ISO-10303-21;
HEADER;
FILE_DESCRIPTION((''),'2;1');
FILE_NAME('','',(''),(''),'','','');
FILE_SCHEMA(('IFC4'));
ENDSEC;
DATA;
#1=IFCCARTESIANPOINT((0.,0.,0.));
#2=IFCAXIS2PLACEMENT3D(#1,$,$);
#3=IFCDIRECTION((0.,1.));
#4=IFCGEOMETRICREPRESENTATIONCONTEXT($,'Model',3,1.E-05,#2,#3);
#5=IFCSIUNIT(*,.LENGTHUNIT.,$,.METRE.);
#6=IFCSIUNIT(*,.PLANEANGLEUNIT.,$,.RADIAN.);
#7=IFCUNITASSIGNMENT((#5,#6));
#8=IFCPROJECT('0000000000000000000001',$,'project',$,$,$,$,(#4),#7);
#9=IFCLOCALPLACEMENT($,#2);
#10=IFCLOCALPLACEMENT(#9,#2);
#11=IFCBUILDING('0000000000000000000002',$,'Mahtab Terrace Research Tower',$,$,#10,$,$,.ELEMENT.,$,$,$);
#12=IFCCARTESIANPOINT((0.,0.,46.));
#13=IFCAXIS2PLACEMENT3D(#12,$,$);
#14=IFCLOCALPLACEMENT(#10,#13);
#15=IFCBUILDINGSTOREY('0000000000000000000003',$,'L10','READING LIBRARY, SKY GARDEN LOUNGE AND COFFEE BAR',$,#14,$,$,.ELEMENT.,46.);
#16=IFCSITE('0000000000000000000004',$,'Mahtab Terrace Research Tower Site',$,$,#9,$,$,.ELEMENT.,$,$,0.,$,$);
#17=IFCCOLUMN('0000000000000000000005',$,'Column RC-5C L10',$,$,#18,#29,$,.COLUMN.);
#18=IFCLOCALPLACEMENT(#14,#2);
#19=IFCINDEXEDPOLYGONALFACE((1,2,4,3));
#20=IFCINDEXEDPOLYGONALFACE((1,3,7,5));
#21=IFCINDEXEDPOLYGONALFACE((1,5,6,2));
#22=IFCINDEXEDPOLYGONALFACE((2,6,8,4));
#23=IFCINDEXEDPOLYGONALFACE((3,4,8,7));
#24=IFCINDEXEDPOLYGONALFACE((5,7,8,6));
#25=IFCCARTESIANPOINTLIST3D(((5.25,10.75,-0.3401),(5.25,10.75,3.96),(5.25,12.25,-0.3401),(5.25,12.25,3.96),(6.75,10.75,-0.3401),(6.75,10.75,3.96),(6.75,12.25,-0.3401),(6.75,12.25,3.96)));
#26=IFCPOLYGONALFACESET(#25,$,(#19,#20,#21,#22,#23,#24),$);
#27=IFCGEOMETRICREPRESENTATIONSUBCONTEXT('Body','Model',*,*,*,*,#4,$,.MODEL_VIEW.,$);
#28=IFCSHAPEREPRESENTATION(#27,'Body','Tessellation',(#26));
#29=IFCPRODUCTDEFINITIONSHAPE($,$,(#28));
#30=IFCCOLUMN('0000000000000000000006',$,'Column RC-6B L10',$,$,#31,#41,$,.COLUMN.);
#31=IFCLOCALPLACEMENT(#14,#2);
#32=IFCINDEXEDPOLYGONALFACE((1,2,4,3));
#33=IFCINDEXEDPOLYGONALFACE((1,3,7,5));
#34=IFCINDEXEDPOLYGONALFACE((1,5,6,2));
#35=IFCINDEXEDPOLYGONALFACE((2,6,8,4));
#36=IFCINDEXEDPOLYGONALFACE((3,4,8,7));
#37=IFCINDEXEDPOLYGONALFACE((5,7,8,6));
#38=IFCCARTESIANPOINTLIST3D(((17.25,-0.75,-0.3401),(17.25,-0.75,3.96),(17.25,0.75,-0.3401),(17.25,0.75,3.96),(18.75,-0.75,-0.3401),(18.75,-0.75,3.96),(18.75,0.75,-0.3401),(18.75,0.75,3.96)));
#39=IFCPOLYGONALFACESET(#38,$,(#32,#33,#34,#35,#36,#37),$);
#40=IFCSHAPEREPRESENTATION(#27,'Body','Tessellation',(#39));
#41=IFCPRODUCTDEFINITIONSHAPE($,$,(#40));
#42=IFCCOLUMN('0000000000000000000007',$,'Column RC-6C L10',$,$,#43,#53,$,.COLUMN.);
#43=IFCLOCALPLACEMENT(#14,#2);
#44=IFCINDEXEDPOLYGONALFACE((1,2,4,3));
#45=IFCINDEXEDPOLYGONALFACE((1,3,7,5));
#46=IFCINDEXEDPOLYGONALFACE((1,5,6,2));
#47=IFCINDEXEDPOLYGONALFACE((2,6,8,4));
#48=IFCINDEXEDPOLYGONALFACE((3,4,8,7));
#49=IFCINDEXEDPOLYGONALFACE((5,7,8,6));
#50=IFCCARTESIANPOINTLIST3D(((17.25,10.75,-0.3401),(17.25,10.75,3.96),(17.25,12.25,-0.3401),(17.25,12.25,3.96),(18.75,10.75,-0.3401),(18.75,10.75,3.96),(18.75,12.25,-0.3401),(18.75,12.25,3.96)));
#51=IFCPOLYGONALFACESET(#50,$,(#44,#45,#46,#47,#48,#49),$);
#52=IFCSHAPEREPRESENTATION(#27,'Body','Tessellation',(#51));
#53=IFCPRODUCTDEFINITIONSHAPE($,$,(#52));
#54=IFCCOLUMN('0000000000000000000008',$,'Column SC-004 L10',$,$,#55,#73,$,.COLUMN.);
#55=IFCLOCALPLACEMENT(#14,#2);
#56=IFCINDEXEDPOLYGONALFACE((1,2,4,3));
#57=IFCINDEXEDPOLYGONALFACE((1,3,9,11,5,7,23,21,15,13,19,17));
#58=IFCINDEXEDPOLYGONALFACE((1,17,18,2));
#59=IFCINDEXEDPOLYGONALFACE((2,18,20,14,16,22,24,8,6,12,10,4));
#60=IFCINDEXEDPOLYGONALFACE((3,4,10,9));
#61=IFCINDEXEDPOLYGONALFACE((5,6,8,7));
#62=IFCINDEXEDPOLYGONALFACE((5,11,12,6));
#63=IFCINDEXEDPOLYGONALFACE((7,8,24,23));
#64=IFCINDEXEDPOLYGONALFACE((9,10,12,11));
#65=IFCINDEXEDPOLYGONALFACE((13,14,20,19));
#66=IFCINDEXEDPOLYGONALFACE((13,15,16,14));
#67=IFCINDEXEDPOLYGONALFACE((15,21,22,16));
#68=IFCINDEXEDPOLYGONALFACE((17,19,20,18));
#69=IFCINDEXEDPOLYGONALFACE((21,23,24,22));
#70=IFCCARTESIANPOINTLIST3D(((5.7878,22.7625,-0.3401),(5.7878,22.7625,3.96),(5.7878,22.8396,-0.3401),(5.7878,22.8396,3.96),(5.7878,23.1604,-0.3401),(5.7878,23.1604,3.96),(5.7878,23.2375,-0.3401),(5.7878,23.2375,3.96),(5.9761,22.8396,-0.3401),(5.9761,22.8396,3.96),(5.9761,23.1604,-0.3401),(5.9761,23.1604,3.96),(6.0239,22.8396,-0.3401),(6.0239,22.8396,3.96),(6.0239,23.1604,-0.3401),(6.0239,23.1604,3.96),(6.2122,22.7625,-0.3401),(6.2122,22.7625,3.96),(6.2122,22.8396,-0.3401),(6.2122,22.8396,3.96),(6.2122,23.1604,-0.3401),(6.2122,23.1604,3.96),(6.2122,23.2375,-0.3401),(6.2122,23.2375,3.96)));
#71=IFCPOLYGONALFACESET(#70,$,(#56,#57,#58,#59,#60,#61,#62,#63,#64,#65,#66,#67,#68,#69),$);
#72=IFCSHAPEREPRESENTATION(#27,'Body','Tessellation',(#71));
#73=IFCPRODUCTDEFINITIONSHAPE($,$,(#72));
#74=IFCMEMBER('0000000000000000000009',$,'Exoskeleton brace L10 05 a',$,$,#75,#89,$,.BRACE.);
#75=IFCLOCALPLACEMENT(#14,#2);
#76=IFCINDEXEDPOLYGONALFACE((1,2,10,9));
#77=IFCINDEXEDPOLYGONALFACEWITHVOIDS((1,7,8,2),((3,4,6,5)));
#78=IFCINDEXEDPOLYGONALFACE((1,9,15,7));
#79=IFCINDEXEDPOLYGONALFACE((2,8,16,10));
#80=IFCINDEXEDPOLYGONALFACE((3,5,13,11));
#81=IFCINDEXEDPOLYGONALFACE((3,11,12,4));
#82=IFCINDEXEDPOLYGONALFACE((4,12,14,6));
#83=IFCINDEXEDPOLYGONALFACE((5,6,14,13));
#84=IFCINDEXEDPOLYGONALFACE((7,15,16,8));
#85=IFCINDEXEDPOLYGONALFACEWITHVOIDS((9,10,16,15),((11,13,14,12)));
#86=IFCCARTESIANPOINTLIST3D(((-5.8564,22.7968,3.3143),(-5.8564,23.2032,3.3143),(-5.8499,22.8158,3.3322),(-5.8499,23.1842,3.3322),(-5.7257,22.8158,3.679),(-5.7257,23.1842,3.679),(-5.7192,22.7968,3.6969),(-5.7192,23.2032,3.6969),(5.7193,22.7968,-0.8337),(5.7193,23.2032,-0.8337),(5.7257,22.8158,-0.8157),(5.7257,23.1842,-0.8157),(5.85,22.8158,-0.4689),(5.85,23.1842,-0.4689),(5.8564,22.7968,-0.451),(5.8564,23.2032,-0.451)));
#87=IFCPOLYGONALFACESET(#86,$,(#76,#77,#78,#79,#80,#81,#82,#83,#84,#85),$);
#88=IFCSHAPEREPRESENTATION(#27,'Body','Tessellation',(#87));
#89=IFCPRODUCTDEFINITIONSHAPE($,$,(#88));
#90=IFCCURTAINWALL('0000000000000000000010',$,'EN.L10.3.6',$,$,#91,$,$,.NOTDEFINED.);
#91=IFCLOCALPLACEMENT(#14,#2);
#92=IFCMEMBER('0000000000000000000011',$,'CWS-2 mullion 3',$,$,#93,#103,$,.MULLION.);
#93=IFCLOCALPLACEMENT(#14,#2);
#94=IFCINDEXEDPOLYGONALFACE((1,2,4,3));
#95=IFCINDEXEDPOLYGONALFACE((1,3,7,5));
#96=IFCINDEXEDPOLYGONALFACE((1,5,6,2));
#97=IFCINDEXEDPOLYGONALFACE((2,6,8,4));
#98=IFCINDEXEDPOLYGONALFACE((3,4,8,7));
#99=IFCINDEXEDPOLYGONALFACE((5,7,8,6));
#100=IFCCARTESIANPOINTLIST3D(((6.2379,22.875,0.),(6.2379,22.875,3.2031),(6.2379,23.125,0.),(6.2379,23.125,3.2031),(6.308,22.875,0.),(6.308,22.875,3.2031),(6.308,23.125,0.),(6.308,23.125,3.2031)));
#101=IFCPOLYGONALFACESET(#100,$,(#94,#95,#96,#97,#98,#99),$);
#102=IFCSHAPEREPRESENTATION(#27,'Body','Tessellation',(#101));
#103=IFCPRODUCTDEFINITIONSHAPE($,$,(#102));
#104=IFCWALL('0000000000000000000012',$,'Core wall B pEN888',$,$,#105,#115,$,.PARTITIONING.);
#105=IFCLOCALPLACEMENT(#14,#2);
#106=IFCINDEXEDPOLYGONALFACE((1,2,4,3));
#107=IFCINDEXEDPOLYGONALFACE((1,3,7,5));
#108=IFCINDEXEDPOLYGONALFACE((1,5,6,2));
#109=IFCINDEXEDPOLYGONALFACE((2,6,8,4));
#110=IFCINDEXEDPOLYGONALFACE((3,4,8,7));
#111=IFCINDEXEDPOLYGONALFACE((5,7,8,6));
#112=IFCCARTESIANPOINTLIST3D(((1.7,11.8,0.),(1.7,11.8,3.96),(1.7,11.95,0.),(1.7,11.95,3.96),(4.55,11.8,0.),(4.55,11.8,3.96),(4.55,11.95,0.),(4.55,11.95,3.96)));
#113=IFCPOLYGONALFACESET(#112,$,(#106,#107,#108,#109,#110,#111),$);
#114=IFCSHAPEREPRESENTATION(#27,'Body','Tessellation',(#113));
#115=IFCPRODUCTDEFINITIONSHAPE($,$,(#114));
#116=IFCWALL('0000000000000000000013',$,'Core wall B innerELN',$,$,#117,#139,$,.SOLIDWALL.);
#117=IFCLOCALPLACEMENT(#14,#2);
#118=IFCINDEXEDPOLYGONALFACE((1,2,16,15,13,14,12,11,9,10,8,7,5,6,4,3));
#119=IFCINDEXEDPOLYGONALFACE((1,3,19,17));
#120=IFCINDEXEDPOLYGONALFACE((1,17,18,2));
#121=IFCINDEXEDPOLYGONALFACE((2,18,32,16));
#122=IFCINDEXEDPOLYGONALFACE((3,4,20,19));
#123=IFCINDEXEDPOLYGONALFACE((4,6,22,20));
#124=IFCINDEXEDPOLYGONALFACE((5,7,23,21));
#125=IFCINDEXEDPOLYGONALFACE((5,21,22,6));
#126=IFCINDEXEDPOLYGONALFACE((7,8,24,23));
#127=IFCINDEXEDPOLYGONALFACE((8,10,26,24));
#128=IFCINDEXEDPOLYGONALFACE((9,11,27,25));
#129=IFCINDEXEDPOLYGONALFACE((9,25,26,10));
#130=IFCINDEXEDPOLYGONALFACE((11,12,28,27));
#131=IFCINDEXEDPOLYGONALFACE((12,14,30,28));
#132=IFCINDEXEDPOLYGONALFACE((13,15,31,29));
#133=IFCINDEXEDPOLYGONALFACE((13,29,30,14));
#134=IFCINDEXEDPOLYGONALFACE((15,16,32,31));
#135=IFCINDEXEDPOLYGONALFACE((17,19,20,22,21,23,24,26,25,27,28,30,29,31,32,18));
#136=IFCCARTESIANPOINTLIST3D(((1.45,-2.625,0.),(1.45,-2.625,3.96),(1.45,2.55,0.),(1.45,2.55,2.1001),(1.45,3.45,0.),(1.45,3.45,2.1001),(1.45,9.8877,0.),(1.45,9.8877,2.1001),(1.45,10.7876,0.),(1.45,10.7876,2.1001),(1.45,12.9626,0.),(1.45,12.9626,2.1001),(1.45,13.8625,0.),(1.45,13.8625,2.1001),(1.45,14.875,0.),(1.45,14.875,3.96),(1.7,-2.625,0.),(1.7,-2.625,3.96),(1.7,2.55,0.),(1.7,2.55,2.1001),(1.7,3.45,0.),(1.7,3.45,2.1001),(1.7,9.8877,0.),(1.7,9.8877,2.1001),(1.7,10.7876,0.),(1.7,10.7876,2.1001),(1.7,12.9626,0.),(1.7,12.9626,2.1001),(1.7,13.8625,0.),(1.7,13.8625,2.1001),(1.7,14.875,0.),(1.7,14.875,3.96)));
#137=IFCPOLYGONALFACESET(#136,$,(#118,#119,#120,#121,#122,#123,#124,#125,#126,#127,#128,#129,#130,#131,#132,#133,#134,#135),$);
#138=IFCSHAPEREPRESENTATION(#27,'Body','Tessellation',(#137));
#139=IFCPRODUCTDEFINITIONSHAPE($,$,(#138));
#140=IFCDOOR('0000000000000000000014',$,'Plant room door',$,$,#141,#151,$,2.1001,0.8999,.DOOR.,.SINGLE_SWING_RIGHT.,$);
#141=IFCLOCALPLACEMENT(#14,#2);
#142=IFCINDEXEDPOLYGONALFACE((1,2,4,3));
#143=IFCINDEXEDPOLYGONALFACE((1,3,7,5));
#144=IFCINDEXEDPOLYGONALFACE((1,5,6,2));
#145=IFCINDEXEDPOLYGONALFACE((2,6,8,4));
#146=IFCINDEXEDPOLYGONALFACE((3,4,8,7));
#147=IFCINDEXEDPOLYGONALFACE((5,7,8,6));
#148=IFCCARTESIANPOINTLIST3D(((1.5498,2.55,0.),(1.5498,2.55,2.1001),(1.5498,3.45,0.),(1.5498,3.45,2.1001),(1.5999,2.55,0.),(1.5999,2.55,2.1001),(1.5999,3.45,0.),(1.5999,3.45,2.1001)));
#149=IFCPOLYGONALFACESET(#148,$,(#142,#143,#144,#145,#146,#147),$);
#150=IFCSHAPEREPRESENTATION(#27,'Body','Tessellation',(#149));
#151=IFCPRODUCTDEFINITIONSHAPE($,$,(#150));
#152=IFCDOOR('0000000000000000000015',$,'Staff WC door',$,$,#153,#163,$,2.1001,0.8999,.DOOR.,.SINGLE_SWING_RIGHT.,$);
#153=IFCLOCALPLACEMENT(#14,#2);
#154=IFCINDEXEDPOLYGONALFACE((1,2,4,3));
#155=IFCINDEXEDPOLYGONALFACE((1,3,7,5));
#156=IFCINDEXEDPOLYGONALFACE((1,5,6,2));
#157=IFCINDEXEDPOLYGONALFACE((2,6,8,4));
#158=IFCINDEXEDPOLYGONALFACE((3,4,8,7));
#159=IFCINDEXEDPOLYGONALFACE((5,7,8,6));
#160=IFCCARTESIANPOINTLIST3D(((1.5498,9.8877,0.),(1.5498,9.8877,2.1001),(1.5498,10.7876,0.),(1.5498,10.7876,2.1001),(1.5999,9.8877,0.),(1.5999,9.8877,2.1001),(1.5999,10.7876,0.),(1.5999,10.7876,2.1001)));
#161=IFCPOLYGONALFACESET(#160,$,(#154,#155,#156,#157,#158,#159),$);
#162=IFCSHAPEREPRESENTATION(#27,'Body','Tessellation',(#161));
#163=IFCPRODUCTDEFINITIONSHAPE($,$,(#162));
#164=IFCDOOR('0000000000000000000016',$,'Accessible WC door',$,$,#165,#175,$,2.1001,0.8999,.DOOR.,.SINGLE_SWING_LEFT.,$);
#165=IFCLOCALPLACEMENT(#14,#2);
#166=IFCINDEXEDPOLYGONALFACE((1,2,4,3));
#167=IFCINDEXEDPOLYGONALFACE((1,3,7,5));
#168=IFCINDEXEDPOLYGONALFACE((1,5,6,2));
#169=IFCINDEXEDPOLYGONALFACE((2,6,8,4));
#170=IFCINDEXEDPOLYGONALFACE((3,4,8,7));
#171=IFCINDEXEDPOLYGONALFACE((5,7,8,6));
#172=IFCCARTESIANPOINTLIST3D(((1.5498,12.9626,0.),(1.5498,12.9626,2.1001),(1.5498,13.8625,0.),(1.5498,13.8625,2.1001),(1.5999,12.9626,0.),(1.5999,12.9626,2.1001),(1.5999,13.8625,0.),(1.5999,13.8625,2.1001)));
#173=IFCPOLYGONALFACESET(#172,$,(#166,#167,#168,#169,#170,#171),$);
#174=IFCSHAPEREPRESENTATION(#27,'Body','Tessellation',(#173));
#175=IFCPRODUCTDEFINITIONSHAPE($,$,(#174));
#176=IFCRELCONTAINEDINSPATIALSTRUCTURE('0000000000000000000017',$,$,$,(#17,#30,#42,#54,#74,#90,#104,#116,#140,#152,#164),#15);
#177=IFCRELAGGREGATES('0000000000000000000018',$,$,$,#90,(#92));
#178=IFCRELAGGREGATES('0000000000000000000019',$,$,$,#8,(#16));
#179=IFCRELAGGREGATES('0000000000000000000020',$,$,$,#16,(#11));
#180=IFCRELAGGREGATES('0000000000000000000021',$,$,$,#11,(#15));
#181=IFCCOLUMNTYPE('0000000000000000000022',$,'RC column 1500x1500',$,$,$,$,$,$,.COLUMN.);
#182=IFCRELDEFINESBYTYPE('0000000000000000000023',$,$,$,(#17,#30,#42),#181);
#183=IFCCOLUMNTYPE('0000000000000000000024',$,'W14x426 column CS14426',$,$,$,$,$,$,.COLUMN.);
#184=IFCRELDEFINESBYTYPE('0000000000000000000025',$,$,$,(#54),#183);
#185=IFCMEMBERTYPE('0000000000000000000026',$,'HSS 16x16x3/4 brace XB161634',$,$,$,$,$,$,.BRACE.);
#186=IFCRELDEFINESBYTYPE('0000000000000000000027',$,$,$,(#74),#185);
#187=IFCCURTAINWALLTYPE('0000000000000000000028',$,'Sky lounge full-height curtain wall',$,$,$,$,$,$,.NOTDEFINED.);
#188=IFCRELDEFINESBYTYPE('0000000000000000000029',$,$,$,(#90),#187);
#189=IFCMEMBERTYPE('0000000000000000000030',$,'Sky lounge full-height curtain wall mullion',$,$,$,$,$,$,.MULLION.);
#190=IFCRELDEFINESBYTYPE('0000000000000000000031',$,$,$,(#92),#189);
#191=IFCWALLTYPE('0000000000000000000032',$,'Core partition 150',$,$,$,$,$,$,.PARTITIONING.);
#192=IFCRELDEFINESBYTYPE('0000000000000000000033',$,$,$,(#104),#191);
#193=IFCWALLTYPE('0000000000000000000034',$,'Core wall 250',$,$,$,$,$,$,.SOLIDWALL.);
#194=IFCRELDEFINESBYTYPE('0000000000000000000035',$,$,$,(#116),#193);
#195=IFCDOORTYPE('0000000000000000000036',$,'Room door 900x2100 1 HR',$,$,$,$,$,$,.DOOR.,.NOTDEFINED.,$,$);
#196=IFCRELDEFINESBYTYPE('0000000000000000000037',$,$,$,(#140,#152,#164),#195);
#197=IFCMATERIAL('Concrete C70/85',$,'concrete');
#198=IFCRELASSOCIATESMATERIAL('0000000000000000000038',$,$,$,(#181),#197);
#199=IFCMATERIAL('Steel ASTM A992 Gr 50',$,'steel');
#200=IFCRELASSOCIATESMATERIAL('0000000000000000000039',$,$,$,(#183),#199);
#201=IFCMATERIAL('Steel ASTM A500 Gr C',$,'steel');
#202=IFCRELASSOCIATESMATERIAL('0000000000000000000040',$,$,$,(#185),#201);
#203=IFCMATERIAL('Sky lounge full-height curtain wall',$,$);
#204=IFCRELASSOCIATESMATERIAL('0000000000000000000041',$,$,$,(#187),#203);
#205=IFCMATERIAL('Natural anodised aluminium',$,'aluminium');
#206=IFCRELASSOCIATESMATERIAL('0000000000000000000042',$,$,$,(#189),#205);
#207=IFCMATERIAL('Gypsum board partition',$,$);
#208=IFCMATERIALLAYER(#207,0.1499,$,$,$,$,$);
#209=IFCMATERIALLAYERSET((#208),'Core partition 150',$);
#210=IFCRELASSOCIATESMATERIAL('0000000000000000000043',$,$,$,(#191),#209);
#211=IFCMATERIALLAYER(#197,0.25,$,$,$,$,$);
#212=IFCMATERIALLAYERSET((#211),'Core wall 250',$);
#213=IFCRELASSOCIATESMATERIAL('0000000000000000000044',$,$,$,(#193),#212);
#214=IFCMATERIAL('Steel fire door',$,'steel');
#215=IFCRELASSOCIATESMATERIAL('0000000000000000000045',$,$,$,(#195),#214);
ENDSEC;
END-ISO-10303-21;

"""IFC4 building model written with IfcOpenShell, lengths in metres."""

from ifc_helpers import new_model, si_unit, direction, frame, frame_2d, origin, origin_2d, place, context, subcontext, project, spatial, rectangle, hollow_rectangle, i_section, extrude, material, layer, layer_set, material_profile, profile_set, type_object, element, fill, aggregate, save


model = new_model("IFC4")

# Units and contexts
model_context = context("Model", 3, precision=1e-05, world=origin(), true_north=direction((0.0, 1.0)))
body_context = subcontext(model_context, "Body", "Model", "MODEL_VIEW")
ifc_project = project(units=[si_unit("LENGTHUNIT", "METRE"), si_unit("PLANEANGLEUNIT", "RADIAN")], contexts=[model_context])

# Site, building, storey
site_placement = place(None, origin())
site = spatial("IfcSite", under=ifc_project, at=site_placement, Name="Mahtab Terrace Research Tower Site", CompositionType="ELEMENT", RefElevation=0.0)
building_placement = place(site_placement, origin())
building = spatial("IfcBuilding", under=site, at=building_placement, Name="Mahtab Terrace Research Tower", CompositionType="ELEMENT")
storey_placement = place(building_placement, frame((0.0, 0.0, 46.0)))
storey = spatial("IfcBuildingStorey", under=building, at=storey_placement, Name="L10", Description="READING LIBRARY, SKY GARDEN LOUNGE AND COFFEE BAR", CompositionType="ELEMENT", Elevation=46.0)

# Columns
ifc_material_1 = material(Name="Concrete C70/85", Category="concrete")
ifc_material_profile_1 = material_profile(ifc_material_1, rectangle(XDim=1.5, YDim=1.5, at=origin_2d()), Name="RC column 1500x1500")
ifc_profile_set_1 = profile_set([ifc_material_profile_1], Name="Concrete C70/85")
column_type_1 = type_object("IfcColumnType", Name="RC column 1500x1500", PredefinedType="COLUMN", material=ifc_profile_set_1)
for number, where, z_axis, x_axis, name in (
    (1, (6.0, 11.5, -0.3401), (0.0, 0.0, 1.0), (1.0, 0.0, 0.0), "Column RC-5C L10"),
    (2, (18.0, 0.0, -0.3401), (0.0, 0.0, 1.0), (1.0, 0.0, 0.0), "Column RC-6B L10"),
    (3, (18.0, 11.5, -0.3401), (0.0, 0.0, 1.0), (1.0, 0.0, 0.0), "Column RC-6C L10"),
):
    element("IfcColumn", number, at=place(storey_placement, frame(where, z_axis=z_axis, x_axis=x_axis)), inside=storey, type_object=column_type_1, Name=name, PredefinedType="COLUMN", context=body_context, shape_type="SweptSolid", body=[
        extrude(rectangle(XDim=1.5, YDim=1.5, at=origin_2d()), origin(), (0.0, 0.0, 1.0), 4.3),
    ])
ifc_material_2 = material(Name="Steel ASTM A992 Gr 50", Category="steel")
ifc_material_profile_2 = material_profile(ifc_material_2, i_section(OverallWidth=0.4243, OverallDepth=0.4751, WebThickness=0.0479, FlangeThickness=0.0771, at=origin_2d()), Name="W14X426")
ifc_profile_set_2 = profile_set([ifc_material_profile_2], Name="Steel ASTM A992 Gr 50")
column_type_2 = type_object("IfcColumnType", Name="W14x426 column CS14426", PredefinedType="COLUMN", material=ifc_profile_set_2)
column_placement = place(storey_placement, frame((6.0, 23.0, -0.3401), z_axis=(0.0, 0.0, 1.0), x_axis=(1.0, 0.0, 0.0)))
element("IfcColumn", 4, at=column_placement, inside=storey, type_object=column_type_2, Name="Column SC-004 L10", PredefinedType="COLUMN", context=body_context, shape_type="SweptSolid", body=[
    extrude(i_section(OverallWidth=0.4243, OverallDepth=0.4751, WebThickness=0.0479, FlangeThickness=0.0771, at=origin_2d()), origin(), (0.0, 0.0, 1.0), 4.3),
])

# Member
ifc_material_3 = material(Name="Steel ASTM A500 Gr C", Category="steel")
ifc_material_profile_3 = material_profile(ifc_material_3, hollow_rectangle(XDim=0.4065, YDim=0.4065, WallThickness=0.019, at=origin_2d()), Name="HSS16X16X3/4")
ifc_profile_set_3 = profile_set([ifc_material_profile_3], Name="Steel ASTM A500 Gr C")
member_type_1 = type_object("IfcMemberType", Name="HSS 16x16x3/4 brace XB161634", PredefinedType="BRACE", material=ifc_profile_set_3)
member_1_placement = place(storey_placement, frame((5.7878, 23.0, -0.6423), z_axis=(-0.941387, 0.0, 0.33733), x_axis=(0.0, -1.0, 0.0)))
element("IfcMember", 5, at=member_1_placement, inside=storey, type_object=member_type_1, Name="Exoskeleton brace L10 05 a", PredefinedType="BRACE", context=body_context, shape_type="SweptSolid", body=[
    extrude(hollow_rectangle(XDim=0.4065, YDim=0.4065, WallThickness=0.019, at=origin_2d()), origin(), (0.0, 0.0, 1.0), 12.2964),
])

# Curtain wall, member
ifc_material_4 = material(Name="Sky lounge full-height curtain wall")
curtain_wall_type = type_object("IfcCurtainWallType", Name="Sky lounge full-height curtain wall", PredefinedType="NOTDEFINED", material=ifc_material_4)
curtain_wall_placement = place(storey_placement, origin())
curtain_wall = element("IfcCurtainWall", 6, at=curtain_wall_placement, inside=storey, type_object=curtain_wall_type, Name="EN.L10.3.6", PredefinedType="NOTDEFINED")
ifc_material_5 = material(Name="Natural anodised aluminium", Category="aluminium")
ifc_material_profile_4 = material_profile(ifc_material_5, rectangle(XDim=0.25, YDim=0.0701, at=origin_2d()), Name="MULLION 70x250")
ifc_profile_set_4 = profile_set([ifc_material_profile_4], Name="Natural anodised aluminium")
member_type_2 = type_object("IfcMemberType", Name="Sky lounge full-height curtain wall mullion", PredefinedType="MULLION", material=ifc_profile_set_4)
member_2_placement = place(storey_placement, frame((6.2729, 23.0, 0.0), z_axis=(0.0, 0.0, 1.0), x_axis=(0.0, -1.0, 0.0)))
member_2 = element("IfcMember", 7, at=member_2_placement, type_object=member_type_2, Name="CWS-2 mullion 3", PredefinedType="MULLION", context=body_context, shape_type="SweptSolid", body=[
    extrude(rectangle(XDim=0.25, YDim=0.0701, at=origin_2d()), origin(), (0.0, 0.0, 1.0), 3.2031),
])
aggregate(curtain_wall, [member_2])

# Wall
ifc_material_6 = material(Name="Gypsum board partition")
ifc_layer_1 = layer(ifc_material_6, 0.1499)
ifc_layer_set_1 = layer_set([ifc_layer_1], Name="Core partition 150")
wall_type_1 = type_object("IfcWallType", Name="Core partition 150", PredefinedType="PARTITIONING", material=ifc_layer_set_1)
wall_1_placement = place(storey_placement, frame((1.7, 11.875, 0.0), z_axis=(0.0, 0.0, 1.0), x_axis=(1.0, 0.0, 0.0)))
element("IfcWall", 8, at=wall_1_placement, inside=storey, type_object=wall_type_1, Name="Core wall B pEN888", PredefinedType="PARTITIONING", context=body_context, shape_type="SweptSolid", body=[
    extrude(rectangle(XDim=2.8501, YDim=0.1499, at=frame_2d((1.425, 0.0))), origin(), (0.0, 0.0, 1.0), 3.96),
])

# Wall, openings, doors
ifc_layer_2 = layer(ifc_material_1, 0.25)
ifc_layer_set_2 = layer_set([ifc_layer_2], Name="Core wall 250")
wall_type_2 = type_object("IfcWallType", Name="Core wall 250", PredefinedType="SOLIDWALL", material=ifc_layer_set_2)
wall_2_placement = place(storey_placement, frame((1.575, 14.875, 0.0), z_axis=(0.0, 0.0, 1.0), x_axis=(0.0, -1.0, 0.0)))
wall_2 = element("IfcWall", 9, at=wall_2_placement, inside=storey, type_object=wall_type_2, Name="Core wall B innerELN", PredefinedType="SOLIDWALL", context=body_context, shape_type="SweptSolid", body=[
    extrude(rectangle(XDim=17.5, YDim=0.25, at=frame_2d((8.75, 0.0))), origin(), (0.0, 0.0, 1.0), 3.96),
])
opening_1_placement = place(wall_2_placement, frame((11.425, 0.0, 0.0)))
opening_1 = element("IfcOpeningElement", 10, at=opening_1_placement, cuts=wall_2, PredefinedType="OPENING", context=body_context, shape_type="SweptSolid", body=[
    extrude(rectangle(XDim=0.8999, YDim=2.1001, at=frame_2d((0.45, 1.05))), frame((0.0, 0.135, 0.0), z_axis=(0.0, -1.0, 0.0), x_axis=(1.0, 0.0, 0.0)), (0.0, 0.0, 1.0), 0.27),
])
opening_2_placement = place(wall_2_placement, frame((4.0874, 0.0, 0.0)))
opening_2 = element("IfcOpeningElement", 11, at=opening_2_placement, cuts=wall_2, PredefinedType="OPENING", context=body_context, shape_type="SweptSolid", body=[
    extrude(rectangle(XDim=0.8999, YDim=2.1001, at=frame_2d((0.45, 1.05))), frame((0.0, 0.135, 0.0), z_axis=(0.0, -1.0, 0.0), x_axis=(1.0, 0.0, 0.0)), (0.0, 0.0, 1.0), 0.27),
])
opening_3_placement = place(wall_2_placement, frame((1.0125, 0.0, 0.0)))
opening_3 = element("IfcOpeningElement", 12, at=opening_3_placement, cuts=wall_2, PredefinedType="OPENING", context=body_context, shape_type="SweptSolid", body=[
    extrude(rectangle(XDim=0.8999, YDim=2.1001, at=frame_2d((0.45, 1.05))), frame((0.0, 0.135, 0.0), z_axis=(0.0, -1.0, 0.0), x_axis=(1.0, 0.0, 0.0)), (0.0, 0.0, 1.0), 0.27),
])
ifc_material_7 = material(Name="Steel fire door", Category="steel")
door_type_1 = type_object("IfcDoorType", Name="Room door 900x2100 1 HR", OperationType="NOTDEFINED", PredefinedType="DOOR", material=ifc_material_7)
door_1_placement = place(opening_1_placement, origin())
door_1 = element("IfcDoor", 13, at=door_1_placement, inside=storey, type_object=door_type_1, Name="Plant room door", OperationType="SINGLE_SWING_RIGHT", OverallHeight=2.1001, OverallWidth=0.8999, PredefinedType="DOOR", context=body_context, shape_type="SweptSolid", body=[
    extrude(rectangle(XDim=0.8999, YDim=2.1001, at=frame_2d((0.45, 1.05))), frame((0.0, 0.0249, 0.0), z_axis=(0.0, -1.0, 0.0), x_axis=(1.0, 0.0, 0.0)), (0.0, 0.0, 1.0), 0.05),
])
fill(opening_1, door_1)
door_2_placement = place(opening_2_placement, origin())
door_2 = element("IfcDoor", 14, at=door_2_placement, inside=storey, type_object=door_type_1, Name="Staff WC door", OperationType="SINGLE_SWING_RIGHT", OverallHeight=2.1001, OverallWidth=0.8999, PredefinedType="DOOR", context=body_context, shape_type="SweptSolid", body=[
    extrude(rectangle(XDim=0.8999, YDim=2.1001, at=frame_2d((0.45, 1.05))), frame((0.0, 0.0249, 0.0), z_axis=(0.0, -1.0, 0.0), x_axis=(1.0, 0.0, 0.0)), (0.0, 0.0, 1.0), 0.05),
])
fill(opening_2, door_2)
door_3_placement = place(opening_3_placement, origin())
door_3 = element("IfcDoor", 15, at=door_3_placement, inside=storey, type_object=door_type_1, Name="Accessible WC door", OperationType="SINGLE_SWING_LEFT", OverallHeight=2.1001, OverallWidth=0.8999, PredefinedType="DOOR", context=body_context, shape_type="SweptSolid", body=[
    extrude(rectangle(XDim=0.8999, YDim=2.1001, at=frame_2d((0.45, 1.05))), frame((0.0, 0.0249, 0.0), z_axis=(0.0, -1.0, 0.0), x_axis=(1.0, 0.0, 0.0)), (0.0, 0.0, 1.0), 0.05),
])
fill(opening_3, door_3)

save(model, "model.ifc")
